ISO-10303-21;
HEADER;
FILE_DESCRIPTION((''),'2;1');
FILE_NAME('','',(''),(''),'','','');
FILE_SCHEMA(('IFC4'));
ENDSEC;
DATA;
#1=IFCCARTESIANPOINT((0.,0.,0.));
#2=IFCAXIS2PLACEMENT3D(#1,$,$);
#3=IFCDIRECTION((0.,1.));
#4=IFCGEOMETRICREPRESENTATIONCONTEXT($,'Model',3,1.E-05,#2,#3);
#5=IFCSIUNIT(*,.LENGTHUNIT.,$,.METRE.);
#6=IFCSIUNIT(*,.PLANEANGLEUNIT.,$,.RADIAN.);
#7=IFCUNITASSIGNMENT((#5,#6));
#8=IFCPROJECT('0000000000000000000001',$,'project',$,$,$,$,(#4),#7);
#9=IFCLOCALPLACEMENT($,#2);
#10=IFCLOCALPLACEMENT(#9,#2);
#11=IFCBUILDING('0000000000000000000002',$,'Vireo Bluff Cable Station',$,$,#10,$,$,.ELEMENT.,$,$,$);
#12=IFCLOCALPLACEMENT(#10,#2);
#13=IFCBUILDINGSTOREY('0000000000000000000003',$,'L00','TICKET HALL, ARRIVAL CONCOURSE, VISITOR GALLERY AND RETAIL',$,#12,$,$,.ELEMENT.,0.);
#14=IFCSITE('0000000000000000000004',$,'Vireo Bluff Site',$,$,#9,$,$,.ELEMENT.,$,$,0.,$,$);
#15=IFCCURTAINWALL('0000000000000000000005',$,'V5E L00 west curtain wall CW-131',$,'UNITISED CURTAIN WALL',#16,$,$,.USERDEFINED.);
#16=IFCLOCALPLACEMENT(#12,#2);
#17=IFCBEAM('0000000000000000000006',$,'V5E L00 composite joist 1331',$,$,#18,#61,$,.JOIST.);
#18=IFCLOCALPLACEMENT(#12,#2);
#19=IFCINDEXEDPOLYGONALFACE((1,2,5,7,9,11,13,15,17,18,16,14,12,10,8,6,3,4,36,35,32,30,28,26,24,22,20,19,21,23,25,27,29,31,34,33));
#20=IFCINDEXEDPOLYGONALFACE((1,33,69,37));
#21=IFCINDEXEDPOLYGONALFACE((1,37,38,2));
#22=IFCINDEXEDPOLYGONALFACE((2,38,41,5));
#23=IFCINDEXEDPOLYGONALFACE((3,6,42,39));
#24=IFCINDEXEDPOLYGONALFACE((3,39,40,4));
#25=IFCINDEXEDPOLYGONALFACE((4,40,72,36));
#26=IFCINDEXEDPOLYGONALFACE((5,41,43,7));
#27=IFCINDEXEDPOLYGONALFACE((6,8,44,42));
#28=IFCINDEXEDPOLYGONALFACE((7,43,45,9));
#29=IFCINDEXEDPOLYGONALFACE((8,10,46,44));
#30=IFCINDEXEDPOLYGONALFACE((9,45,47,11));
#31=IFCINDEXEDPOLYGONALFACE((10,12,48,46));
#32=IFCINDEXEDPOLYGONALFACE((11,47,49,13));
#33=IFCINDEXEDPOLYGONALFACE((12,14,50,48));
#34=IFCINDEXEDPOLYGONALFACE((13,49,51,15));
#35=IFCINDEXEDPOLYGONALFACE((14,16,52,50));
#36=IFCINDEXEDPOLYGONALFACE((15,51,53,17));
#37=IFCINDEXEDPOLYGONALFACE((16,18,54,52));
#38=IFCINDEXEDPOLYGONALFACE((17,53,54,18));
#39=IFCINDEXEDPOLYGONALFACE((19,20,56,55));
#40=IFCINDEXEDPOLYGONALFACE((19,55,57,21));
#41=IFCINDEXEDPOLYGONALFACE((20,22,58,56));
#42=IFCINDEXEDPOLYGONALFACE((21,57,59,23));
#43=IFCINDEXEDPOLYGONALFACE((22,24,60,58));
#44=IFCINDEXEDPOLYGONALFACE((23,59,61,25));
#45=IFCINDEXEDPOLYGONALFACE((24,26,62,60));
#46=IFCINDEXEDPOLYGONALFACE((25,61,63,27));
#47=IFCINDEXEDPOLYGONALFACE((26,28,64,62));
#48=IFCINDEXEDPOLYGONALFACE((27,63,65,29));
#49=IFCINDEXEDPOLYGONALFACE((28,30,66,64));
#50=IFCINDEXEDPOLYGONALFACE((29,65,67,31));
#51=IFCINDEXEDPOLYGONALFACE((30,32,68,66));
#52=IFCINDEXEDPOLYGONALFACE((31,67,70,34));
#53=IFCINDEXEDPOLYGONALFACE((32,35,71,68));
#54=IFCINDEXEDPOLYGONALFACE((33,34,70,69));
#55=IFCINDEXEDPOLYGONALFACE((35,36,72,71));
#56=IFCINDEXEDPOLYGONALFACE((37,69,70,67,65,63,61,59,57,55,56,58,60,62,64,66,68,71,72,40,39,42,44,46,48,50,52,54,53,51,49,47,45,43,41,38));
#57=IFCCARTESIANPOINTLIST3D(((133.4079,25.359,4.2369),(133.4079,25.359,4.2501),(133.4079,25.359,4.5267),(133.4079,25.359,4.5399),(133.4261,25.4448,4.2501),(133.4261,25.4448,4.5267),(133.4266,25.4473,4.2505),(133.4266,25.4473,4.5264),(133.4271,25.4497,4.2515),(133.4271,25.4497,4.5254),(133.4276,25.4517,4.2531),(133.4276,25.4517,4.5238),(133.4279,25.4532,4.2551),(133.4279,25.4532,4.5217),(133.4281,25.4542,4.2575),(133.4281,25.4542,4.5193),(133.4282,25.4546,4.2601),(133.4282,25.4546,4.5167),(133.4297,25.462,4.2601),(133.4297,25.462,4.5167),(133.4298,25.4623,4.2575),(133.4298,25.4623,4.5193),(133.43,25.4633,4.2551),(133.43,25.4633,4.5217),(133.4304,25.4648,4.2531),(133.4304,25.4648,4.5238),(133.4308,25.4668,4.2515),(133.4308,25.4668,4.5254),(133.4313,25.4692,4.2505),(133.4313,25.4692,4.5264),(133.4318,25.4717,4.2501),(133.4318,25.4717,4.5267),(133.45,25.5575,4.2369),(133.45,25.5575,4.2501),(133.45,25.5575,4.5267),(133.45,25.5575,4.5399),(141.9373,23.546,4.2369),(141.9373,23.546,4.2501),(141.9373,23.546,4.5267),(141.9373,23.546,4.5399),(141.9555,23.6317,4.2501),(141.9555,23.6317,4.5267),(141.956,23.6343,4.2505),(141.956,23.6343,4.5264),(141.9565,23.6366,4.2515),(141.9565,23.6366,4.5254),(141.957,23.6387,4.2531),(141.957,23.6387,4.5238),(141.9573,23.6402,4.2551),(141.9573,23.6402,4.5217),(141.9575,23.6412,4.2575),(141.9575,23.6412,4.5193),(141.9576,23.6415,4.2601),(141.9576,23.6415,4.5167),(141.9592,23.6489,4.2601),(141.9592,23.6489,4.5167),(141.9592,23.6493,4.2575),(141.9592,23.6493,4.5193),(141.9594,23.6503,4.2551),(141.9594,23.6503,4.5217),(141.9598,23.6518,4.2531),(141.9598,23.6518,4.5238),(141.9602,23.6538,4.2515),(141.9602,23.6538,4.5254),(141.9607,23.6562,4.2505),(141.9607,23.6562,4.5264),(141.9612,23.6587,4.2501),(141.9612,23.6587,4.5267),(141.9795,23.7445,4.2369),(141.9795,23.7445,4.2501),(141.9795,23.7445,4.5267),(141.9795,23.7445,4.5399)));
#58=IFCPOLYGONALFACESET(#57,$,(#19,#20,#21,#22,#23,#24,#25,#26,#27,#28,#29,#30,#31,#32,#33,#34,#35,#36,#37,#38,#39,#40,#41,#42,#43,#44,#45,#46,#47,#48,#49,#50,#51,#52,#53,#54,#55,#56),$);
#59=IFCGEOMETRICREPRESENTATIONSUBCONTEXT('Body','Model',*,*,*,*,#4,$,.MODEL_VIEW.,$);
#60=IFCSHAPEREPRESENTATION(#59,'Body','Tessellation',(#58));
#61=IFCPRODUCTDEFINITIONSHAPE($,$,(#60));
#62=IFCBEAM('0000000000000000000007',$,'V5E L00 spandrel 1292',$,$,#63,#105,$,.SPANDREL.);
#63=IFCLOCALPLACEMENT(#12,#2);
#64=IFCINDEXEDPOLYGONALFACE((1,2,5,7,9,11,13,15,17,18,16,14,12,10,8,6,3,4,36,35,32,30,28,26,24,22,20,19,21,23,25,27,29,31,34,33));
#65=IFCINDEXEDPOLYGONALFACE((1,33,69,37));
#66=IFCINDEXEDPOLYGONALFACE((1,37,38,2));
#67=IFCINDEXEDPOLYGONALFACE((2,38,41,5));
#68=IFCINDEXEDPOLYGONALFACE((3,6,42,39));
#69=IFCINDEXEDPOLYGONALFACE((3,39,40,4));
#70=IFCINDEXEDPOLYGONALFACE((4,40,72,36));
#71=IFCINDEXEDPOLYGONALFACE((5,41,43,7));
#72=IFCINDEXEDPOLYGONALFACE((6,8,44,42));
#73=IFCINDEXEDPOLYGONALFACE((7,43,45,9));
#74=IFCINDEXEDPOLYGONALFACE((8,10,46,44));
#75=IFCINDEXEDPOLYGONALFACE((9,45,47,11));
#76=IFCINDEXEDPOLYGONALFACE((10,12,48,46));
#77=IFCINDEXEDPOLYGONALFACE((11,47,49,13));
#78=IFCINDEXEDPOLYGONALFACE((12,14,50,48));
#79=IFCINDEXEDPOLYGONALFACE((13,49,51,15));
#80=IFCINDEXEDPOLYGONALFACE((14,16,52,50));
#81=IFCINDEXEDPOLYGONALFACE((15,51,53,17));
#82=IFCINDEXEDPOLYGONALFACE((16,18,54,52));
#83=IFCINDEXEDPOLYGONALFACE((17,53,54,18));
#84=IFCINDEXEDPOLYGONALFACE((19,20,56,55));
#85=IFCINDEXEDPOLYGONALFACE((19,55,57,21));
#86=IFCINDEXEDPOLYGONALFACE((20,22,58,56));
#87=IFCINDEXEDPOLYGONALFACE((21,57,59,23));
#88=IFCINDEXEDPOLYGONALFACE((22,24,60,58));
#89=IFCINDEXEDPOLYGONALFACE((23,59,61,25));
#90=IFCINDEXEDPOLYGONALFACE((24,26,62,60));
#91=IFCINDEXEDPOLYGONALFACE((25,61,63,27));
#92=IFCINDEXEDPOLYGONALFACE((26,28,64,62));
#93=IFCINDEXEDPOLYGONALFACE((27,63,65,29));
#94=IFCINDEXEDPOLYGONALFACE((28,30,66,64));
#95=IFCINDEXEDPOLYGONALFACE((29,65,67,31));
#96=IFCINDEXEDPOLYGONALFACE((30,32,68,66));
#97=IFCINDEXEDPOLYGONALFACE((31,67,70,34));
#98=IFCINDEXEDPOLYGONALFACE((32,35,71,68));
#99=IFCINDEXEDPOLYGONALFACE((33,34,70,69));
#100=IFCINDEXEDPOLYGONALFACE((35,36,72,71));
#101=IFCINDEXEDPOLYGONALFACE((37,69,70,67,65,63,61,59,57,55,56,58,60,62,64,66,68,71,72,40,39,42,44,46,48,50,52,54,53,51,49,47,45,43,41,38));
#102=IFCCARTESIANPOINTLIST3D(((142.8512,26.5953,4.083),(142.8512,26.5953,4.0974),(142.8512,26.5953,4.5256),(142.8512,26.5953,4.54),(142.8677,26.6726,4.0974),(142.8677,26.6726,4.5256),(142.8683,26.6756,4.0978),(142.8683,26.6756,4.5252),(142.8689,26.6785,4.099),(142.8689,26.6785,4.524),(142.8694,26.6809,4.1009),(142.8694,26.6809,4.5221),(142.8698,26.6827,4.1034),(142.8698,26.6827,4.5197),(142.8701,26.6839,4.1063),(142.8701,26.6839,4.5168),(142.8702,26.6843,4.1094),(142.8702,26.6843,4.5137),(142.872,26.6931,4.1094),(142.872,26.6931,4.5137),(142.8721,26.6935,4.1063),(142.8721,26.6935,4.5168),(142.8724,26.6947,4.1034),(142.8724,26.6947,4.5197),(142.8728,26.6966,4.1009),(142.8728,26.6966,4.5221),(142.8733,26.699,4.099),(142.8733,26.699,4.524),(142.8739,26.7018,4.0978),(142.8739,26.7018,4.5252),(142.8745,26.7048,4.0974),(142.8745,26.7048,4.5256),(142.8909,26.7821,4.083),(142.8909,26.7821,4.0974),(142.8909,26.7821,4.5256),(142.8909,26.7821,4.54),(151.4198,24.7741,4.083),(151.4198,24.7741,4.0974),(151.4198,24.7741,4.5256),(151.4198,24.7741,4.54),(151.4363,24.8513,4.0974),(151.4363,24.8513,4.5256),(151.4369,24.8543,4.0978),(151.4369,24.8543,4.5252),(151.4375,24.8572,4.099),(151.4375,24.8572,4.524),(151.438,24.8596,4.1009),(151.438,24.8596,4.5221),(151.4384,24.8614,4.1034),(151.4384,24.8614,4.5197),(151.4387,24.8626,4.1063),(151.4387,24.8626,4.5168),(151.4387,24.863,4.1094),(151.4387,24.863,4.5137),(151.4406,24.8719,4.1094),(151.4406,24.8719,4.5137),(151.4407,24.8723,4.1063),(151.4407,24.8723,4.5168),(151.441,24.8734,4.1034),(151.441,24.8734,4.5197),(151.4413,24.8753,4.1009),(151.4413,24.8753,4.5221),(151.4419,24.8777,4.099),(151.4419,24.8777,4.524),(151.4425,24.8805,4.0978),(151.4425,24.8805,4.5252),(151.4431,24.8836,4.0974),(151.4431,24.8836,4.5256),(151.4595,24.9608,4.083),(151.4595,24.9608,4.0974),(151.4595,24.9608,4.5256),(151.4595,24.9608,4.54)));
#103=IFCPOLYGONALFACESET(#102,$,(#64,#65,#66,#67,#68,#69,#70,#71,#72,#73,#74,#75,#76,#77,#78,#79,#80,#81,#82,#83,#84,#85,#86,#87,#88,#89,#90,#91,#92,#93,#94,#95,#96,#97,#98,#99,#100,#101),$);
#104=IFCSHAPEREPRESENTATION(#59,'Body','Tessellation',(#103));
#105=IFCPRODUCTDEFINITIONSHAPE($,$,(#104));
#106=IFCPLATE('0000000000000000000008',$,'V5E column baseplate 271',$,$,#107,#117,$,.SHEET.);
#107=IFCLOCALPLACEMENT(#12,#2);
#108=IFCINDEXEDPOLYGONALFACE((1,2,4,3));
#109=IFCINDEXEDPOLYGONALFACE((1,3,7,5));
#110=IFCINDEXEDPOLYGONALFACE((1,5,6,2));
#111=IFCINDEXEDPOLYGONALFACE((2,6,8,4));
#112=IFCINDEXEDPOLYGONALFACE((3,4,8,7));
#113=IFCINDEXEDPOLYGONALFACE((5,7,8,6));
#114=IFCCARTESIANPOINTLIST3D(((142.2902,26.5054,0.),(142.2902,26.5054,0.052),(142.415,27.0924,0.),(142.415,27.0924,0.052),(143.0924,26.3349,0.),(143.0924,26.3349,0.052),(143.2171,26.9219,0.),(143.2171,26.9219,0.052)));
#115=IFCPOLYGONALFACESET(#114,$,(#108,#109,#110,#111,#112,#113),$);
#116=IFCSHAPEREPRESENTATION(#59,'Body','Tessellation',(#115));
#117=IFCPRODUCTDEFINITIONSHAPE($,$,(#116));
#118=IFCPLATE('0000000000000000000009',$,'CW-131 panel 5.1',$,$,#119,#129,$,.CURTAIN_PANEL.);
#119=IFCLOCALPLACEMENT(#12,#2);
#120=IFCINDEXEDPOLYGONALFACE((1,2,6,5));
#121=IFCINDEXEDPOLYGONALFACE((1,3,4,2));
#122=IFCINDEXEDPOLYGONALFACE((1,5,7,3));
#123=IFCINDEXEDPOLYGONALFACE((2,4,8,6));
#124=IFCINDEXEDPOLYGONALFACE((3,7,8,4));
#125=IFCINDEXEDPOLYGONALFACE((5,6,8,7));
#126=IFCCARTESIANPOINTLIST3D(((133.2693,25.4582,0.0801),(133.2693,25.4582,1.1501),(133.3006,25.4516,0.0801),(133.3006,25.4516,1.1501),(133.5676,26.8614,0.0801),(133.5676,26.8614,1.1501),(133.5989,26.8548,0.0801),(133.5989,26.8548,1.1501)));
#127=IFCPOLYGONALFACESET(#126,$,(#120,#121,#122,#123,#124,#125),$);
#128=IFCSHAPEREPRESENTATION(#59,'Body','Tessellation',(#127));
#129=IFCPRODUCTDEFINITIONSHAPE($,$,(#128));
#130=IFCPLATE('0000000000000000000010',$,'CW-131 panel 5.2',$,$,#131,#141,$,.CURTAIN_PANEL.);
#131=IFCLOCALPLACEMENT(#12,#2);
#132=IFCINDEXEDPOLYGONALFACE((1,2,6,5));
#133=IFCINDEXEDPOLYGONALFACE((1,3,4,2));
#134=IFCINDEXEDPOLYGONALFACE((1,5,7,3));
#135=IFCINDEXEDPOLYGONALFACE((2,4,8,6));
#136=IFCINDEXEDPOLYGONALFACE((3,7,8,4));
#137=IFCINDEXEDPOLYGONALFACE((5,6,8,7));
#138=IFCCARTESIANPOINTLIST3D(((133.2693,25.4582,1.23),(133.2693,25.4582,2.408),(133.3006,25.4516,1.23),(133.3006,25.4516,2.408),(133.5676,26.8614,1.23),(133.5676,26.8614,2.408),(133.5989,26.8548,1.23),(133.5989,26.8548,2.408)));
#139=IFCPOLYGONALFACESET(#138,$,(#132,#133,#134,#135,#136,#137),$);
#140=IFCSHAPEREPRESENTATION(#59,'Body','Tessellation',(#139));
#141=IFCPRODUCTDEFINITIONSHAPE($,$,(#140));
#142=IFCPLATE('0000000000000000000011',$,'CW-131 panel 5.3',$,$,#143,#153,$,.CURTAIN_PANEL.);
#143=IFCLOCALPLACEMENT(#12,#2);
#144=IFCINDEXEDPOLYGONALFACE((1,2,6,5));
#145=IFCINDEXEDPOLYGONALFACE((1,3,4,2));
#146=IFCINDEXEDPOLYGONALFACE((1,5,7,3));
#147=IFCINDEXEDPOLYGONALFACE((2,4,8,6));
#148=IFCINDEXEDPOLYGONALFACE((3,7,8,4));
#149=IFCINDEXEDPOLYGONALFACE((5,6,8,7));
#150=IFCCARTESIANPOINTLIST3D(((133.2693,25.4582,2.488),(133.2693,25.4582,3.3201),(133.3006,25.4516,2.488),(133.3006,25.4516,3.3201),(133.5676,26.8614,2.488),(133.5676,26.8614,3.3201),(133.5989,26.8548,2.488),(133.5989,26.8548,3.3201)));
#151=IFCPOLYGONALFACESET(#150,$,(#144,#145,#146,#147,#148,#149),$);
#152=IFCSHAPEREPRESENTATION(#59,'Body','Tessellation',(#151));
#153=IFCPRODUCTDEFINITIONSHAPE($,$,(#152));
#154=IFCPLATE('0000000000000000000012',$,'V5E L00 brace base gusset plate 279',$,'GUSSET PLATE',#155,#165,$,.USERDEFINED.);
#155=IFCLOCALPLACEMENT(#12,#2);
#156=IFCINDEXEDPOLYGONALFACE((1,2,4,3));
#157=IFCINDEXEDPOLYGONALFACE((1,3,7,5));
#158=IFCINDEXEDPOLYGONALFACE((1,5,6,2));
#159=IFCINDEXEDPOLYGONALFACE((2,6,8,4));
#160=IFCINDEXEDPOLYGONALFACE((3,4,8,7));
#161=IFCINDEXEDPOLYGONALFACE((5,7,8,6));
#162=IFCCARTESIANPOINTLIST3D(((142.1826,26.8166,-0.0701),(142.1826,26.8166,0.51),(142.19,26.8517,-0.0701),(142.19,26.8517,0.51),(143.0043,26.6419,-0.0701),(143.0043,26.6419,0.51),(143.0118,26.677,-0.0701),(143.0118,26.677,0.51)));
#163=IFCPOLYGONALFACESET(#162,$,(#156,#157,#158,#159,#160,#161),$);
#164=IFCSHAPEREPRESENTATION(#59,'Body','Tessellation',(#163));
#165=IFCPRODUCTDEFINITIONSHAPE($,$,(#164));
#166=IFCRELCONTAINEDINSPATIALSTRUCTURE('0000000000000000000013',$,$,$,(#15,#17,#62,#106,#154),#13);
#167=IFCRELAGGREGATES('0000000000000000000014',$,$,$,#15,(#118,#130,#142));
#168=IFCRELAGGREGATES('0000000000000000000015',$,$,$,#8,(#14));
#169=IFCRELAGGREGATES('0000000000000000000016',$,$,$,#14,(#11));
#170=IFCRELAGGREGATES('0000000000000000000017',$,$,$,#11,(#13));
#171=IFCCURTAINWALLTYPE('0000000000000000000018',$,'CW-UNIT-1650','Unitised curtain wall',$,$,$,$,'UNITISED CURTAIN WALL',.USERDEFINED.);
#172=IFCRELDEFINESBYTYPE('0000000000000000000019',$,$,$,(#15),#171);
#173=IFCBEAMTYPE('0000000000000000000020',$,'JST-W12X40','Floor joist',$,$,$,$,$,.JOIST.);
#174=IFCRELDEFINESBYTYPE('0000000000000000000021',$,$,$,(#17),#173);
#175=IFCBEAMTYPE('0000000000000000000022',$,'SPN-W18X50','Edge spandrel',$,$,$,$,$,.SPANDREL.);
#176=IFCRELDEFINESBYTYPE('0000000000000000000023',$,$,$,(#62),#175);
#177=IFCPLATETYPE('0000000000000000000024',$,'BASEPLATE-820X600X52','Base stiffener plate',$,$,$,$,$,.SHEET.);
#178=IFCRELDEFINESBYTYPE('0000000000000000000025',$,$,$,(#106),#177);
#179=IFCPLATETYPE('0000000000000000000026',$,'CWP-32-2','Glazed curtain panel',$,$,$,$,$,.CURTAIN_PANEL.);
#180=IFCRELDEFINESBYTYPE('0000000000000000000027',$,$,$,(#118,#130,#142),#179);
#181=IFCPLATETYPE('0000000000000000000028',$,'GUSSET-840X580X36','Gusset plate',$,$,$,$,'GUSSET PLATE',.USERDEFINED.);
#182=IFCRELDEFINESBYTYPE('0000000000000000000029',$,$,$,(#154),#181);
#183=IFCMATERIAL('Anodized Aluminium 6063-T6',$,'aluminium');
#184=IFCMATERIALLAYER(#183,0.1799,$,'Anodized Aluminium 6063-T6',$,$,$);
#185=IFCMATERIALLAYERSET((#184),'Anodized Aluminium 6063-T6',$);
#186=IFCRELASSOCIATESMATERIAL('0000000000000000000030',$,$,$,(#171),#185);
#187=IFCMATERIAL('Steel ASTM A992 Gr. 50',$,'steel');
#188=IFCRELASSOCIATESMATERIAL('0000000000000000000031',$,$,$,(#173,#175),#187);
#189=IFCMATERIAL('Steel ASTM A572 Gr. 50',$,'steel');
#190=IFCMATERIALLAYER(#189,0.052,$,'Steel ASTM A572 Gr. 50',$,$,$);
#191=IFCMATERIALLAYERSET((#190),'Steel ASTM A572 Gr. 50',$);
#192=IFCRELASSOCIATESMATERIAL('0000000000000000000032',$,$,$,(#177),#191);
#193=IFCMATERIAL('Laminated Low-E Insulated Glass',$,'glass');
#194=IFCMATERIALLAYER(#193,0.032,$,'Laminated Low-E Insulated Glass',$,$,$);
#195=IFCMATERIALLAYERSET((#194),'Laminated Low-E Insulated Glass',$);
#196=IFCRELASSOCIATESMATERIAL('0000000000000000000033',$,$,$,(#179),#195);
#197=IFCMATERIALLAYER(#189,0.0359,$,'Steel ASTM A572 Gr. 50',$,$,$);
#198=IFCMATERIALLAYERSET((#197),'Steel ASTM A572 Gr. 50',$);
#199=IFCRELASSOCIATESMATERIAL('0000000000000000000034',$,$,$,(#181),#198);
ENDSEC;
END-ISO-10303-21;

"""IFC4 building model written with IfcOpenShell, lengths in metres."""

from ifc_helpers import new_model, si_unit, direction, frame, origin, origin_2d, place, context, subcontext, project, spatial, rectangle, i_section, extrude, material, layer, layer_set, material_profile, profile_set, type_object, element, aggregate, save


model = new_model("IFC4")

# Units and contexts
model_context = context("Model", 3, precision=1e-05, world=origin(), true_north=direction((0.0, 1.0)))
body_context = subcontext(model_context, "Body", "Model", "MODEL_VIEW")
ifc_project = project(units=[si_unit("LENGTHUNIT", "METRE"), si_unit("PLANEANGLEUNIT", "RADIAN")], contexts=[model_context])

# Site, building, storey
site_placement = place(None, origin())
site = spatial("IfcSite", under=ifc_project, at=site_placement, Name="Vireo Bluff Site", CompositionType="ELEMENT", RefElevation=0.0)
building_placement = place(site_placement, origin())
building = spatial("IfcBuilding", under=site, at=building_placement, Name="Vireo Bluff Cable Station", CompositionType="ELEMENT")
storey_placement = place(building_placement, origin())
storey = spatial("IfcBuildingStorey", under=building, at=storey_placement, Name="L00", Description="TICKET HALL, ARRIVAL CONCOURSE, VISITOR GALLERY AND RETAIL", CompositionType="ELEMENT", Elevation=0.0)

# Shared definitions
ifc_material_1 = material(Name="Steel ASTM A992 Gr. 50", Category="steel")

# Curtain wall
ifc_material_2 = material(Name="Anodized Aluminium 6063-T6", Category="aluminium")
ifc_layer_1 = layer(ifc_material_2, 0.1799, Name="Anodized Aluminium 6063-T6")
ifc_layer_set_1 = layer_set([ifc_layer_1], Name="Anodized Aluminium 6063-T6")
curtain_wall_type = type_object("IfcCurtainWallType", Name="CW-UNIT-1650", Description="Unitised curtain wall", ElementType="UNITISED CURTAIN WALL", PredefinedType="USERDEFINED", material=ifc_layer_set_1)
curtain_wall_placement = place(storey_placement, origin())
curtain_wall = element("IfcCurtainWall", 1, at=curtain_wall_placement, inside=storey, type_object=curtain_wall_type, Name="V5E L00 west curtain wall CW-131", ObjectType="UNITISED CURTAIN WALL", PredefinedType="USERDEFINED")

# Beams
ifc_material_profile_1 = material_profile(ifc_material_1, i_section(OverallWidth=0.2029, OverallDepth=0.303, WebThickness=0.0076, FlangeThickness=0.0132, FilletRadius=0.01, at=origin_2d()), Name="W12X40")
ifc_profile_set_1 = profile_set([ifc_material_profile_1], Name="Steel ASTM A992 Gr. 50")
beam_type_1 = type_object("IfcBeamType", Name="JST-W12X40", Description="Floor joist", PredefinedType="JOIST", material=ifc_profile_set_1)
beam_1_placement = place(storey_placement, frame((133.429, 25.4583, 4.3884), z_axis=(0.978147, -0.207915, 0.0), x_axis=(0.207915, 0.978147, 0.0)))
element("IfcBeam", 2, at=beam_1_placement, inside=storey, type_object=beam_type_1, Name="V5E L00 composite joist 1331", PredefinedType="JOIST", context=body_context, shape_type="SweptSolid", body=[
    extrude(i_section(OverallWidth=0.2029, OverallDepth=0.303, WebThickness=0.0076, FlangeThickness=0.0132, FilletRadius=0.01, at=origin_2d()), origin(), (0.0, 0.0, 1.0), 8.72),
])
ifc_material_profile_2 = material_profile(ifc_material_1, i_section(OverallWidth=0.1909, OverallDepth=0.457, WebThickness=0.009, FlangeThickness=0.0144, FilletRadius=0.012, at=origin_2d()), Name="W18X50")
ifc_profile_set_2 = profile_set([ifc_material_profile_2], Name="Steel ASTM A992 Gr. 50")
beam_type_2 = type_object("IfcBeamType", Name="SPN-W18X50", Description="Edge spandrel", PredefinedType="SPANDREL", material=ifc_profile_set_2)
beam_2_placement = place(storey_placement, frame((142.8711, 26.6887, 4.3115), z_axis=(0.978148, -0.207909, 0.0), x_axis=(0.207909, 0.978148, 0.0)))
element("IfcBeam", 3, at=beam_2_placement, inside=storey, type_object=beam_type_2, Name="V5E L00 spandrel 1292", PredefinedType="SPANDREL", context=body_context, shape_type="SweptSolid", body=[
    extrude(i_section(OverallWidth=0.1909, OverallDepth=0.457, WebThickness=0.009, FlangeThickness=0.0144, FilletRadius=0.012, at=origin_2d()), origin(), (0.0, 0.0, 1.0), 8.76),
])

# Plates
ifc_material_3 = material(Name="Steel ASTM A572 Gr. 50", Category="steel")
ifc_layer_2 = layer(ifc_material_3, 0.052, Name="Steel ASTM A572 Gr. 50")
ifc_layer_set_2 = layer_set([ifc_layer_2], Name="Steel ASTM A572 Gr. 50")
plate_type_1 = type_object("IfcPlateType", Name="BASEPLATE-820X600X52", Description="Base stiffener plate", PredefinedType="SHEET", material=ifc_layer_set_2)
plate_1_placement = place(storey_placement, frame((142.7537, 26.7136, 0.0), z_axis=(0.0, 0.0, 1.0), x_axis=(0.978148, -0.207912, 0.0)))
element("IfcPlate", 4, at=plate_1_placement, inside=storey, type_object=plate_type_1, Name="V5E column baseplate 271", PredefinedType="SHEET", context=body_context, shape_type="SweptSolid", body=[
    extrude(rectangle(XDim=0.8201, YDim=0.6001, at=origin_2d()), origin(), (0.0, 0.0, 1.0), 0.052),
])
ifc_material_4 = material(Name="Laminated Low-E Insulated Glass", Category="glass")
ifc_layer_3 = layer(ifc_material_4, 0.032, Name="Laminated Low-E Insulated Glass")
ifc_layer_set_3 = layer_set([ifc_layer_3], Name="Laminated Low-E Insulated Glass")
plate_type_2 = type_object("IfcPlateType", Name="CWP-32-2", Description="Glazed curtain panel", PredefinedType="CURTAIN_PANEL", material=ifc_layer_set_3)
plate_2_placement = place(storey_placement, frame((133.4341, 26.1565, 0.0801), z_axis=(0.0, 0.0, 1.0), x_axis=(0.207912, 0.978148, 0.0)))
plate_2 = element("IfcPlate", 5, at=plate_2_placement, type_object=plate_type_2, Name="CW-131 panel 5.1", PredefinedType="CURTAIN_PANEL", context=body_context, shape_type="SweptSolid", body=[
    extrude(rectangle(XDim=1.4346, YDim=0.032, at=origin_2d()), origin(), (0.0, 0.0, 1.0), 1.0701),
])
plate_3_placement = place(storey_placement, frame((133.4341, 26.1565, 1.23), z_axis=(0.0, 0.0, 1.0), x_axis=(0.207912, 0.978148, 0.0)))
plate_3 = element("IfcPlate", 6, at=plate_3_placement, type_object=plate_type_2, Name="CW-131 panel 5.2", PredefinedType="CURTAIN_PANEL", context=body_context, shape_type="SweptSolid", body=[
    extrude(rectangle(XDim=1.4346, YDim=0.032, at=origin_2d()), origin(), (0.0, 0.0, 1.0), 1.178),
])
plate_4_placement = place(storey_placement, frame((133.4341, 26.1565, 2.488), z_axis=(0.0, 0.0, 1.0), x_axis=(0.207912, 0.978148, 0.0)))
plate_4 = element("IfcPlate", 7, at=plate_4_placement, type_object=plate_type_2, Name="CW-131 panel 5.3", PredefinedType="CURTAIN_PANEL", context=body_context, shape_type="SweptSolid", body=[
    extrude(rectangle(XDim=1.4346, YDim=0.032, at=origin_2d()), origin(), (0.0, 0.0, 1.0), 0.832),
])
aggregate(curtain_wall, [plate_2, plate_3, plate_4])
ifc_layer_4 = layer(ifc_material_3, 0.0359, Name="Steel ASTM A572 Gr. 50")
ifc_layer_set_4 = layer_set([ifc_layer_4], Name="Steel ASTM A572 Gr. 50")
plate_type_3 = type_object("IfcPlateType", Name="GUSSET-840X580X36", Description="Gusset plate", ElementType="GUSSET PLATE", PredefinedType="USERDEFINED", material=ifc_layer_set_4)
plate_5_placement = place(storey_placement, frame((142.5972, 26.7468, -0.0701), z_axis=(0.0, 0.0, 1.0), x_axis=(0.978148, -0.207912, 0.0)))
element("IfcPlate", 8, at=plate_5_placement, inside=storey, type_object=plate_type_3, Name="V5E L00 brace base gusset plate 279", ObjectType="GUSSET PLATE", PredefinedType="USERDEFINED", context=body_context, shape_type="SweptSolid", body=[
    extrude(rectangle(XDim=0.8401, YDim=0.0359, at=origin_2d()), origin(), (0.0, 0.0, 1.0), 0.5801),
])

save(model, "model.ifc")
